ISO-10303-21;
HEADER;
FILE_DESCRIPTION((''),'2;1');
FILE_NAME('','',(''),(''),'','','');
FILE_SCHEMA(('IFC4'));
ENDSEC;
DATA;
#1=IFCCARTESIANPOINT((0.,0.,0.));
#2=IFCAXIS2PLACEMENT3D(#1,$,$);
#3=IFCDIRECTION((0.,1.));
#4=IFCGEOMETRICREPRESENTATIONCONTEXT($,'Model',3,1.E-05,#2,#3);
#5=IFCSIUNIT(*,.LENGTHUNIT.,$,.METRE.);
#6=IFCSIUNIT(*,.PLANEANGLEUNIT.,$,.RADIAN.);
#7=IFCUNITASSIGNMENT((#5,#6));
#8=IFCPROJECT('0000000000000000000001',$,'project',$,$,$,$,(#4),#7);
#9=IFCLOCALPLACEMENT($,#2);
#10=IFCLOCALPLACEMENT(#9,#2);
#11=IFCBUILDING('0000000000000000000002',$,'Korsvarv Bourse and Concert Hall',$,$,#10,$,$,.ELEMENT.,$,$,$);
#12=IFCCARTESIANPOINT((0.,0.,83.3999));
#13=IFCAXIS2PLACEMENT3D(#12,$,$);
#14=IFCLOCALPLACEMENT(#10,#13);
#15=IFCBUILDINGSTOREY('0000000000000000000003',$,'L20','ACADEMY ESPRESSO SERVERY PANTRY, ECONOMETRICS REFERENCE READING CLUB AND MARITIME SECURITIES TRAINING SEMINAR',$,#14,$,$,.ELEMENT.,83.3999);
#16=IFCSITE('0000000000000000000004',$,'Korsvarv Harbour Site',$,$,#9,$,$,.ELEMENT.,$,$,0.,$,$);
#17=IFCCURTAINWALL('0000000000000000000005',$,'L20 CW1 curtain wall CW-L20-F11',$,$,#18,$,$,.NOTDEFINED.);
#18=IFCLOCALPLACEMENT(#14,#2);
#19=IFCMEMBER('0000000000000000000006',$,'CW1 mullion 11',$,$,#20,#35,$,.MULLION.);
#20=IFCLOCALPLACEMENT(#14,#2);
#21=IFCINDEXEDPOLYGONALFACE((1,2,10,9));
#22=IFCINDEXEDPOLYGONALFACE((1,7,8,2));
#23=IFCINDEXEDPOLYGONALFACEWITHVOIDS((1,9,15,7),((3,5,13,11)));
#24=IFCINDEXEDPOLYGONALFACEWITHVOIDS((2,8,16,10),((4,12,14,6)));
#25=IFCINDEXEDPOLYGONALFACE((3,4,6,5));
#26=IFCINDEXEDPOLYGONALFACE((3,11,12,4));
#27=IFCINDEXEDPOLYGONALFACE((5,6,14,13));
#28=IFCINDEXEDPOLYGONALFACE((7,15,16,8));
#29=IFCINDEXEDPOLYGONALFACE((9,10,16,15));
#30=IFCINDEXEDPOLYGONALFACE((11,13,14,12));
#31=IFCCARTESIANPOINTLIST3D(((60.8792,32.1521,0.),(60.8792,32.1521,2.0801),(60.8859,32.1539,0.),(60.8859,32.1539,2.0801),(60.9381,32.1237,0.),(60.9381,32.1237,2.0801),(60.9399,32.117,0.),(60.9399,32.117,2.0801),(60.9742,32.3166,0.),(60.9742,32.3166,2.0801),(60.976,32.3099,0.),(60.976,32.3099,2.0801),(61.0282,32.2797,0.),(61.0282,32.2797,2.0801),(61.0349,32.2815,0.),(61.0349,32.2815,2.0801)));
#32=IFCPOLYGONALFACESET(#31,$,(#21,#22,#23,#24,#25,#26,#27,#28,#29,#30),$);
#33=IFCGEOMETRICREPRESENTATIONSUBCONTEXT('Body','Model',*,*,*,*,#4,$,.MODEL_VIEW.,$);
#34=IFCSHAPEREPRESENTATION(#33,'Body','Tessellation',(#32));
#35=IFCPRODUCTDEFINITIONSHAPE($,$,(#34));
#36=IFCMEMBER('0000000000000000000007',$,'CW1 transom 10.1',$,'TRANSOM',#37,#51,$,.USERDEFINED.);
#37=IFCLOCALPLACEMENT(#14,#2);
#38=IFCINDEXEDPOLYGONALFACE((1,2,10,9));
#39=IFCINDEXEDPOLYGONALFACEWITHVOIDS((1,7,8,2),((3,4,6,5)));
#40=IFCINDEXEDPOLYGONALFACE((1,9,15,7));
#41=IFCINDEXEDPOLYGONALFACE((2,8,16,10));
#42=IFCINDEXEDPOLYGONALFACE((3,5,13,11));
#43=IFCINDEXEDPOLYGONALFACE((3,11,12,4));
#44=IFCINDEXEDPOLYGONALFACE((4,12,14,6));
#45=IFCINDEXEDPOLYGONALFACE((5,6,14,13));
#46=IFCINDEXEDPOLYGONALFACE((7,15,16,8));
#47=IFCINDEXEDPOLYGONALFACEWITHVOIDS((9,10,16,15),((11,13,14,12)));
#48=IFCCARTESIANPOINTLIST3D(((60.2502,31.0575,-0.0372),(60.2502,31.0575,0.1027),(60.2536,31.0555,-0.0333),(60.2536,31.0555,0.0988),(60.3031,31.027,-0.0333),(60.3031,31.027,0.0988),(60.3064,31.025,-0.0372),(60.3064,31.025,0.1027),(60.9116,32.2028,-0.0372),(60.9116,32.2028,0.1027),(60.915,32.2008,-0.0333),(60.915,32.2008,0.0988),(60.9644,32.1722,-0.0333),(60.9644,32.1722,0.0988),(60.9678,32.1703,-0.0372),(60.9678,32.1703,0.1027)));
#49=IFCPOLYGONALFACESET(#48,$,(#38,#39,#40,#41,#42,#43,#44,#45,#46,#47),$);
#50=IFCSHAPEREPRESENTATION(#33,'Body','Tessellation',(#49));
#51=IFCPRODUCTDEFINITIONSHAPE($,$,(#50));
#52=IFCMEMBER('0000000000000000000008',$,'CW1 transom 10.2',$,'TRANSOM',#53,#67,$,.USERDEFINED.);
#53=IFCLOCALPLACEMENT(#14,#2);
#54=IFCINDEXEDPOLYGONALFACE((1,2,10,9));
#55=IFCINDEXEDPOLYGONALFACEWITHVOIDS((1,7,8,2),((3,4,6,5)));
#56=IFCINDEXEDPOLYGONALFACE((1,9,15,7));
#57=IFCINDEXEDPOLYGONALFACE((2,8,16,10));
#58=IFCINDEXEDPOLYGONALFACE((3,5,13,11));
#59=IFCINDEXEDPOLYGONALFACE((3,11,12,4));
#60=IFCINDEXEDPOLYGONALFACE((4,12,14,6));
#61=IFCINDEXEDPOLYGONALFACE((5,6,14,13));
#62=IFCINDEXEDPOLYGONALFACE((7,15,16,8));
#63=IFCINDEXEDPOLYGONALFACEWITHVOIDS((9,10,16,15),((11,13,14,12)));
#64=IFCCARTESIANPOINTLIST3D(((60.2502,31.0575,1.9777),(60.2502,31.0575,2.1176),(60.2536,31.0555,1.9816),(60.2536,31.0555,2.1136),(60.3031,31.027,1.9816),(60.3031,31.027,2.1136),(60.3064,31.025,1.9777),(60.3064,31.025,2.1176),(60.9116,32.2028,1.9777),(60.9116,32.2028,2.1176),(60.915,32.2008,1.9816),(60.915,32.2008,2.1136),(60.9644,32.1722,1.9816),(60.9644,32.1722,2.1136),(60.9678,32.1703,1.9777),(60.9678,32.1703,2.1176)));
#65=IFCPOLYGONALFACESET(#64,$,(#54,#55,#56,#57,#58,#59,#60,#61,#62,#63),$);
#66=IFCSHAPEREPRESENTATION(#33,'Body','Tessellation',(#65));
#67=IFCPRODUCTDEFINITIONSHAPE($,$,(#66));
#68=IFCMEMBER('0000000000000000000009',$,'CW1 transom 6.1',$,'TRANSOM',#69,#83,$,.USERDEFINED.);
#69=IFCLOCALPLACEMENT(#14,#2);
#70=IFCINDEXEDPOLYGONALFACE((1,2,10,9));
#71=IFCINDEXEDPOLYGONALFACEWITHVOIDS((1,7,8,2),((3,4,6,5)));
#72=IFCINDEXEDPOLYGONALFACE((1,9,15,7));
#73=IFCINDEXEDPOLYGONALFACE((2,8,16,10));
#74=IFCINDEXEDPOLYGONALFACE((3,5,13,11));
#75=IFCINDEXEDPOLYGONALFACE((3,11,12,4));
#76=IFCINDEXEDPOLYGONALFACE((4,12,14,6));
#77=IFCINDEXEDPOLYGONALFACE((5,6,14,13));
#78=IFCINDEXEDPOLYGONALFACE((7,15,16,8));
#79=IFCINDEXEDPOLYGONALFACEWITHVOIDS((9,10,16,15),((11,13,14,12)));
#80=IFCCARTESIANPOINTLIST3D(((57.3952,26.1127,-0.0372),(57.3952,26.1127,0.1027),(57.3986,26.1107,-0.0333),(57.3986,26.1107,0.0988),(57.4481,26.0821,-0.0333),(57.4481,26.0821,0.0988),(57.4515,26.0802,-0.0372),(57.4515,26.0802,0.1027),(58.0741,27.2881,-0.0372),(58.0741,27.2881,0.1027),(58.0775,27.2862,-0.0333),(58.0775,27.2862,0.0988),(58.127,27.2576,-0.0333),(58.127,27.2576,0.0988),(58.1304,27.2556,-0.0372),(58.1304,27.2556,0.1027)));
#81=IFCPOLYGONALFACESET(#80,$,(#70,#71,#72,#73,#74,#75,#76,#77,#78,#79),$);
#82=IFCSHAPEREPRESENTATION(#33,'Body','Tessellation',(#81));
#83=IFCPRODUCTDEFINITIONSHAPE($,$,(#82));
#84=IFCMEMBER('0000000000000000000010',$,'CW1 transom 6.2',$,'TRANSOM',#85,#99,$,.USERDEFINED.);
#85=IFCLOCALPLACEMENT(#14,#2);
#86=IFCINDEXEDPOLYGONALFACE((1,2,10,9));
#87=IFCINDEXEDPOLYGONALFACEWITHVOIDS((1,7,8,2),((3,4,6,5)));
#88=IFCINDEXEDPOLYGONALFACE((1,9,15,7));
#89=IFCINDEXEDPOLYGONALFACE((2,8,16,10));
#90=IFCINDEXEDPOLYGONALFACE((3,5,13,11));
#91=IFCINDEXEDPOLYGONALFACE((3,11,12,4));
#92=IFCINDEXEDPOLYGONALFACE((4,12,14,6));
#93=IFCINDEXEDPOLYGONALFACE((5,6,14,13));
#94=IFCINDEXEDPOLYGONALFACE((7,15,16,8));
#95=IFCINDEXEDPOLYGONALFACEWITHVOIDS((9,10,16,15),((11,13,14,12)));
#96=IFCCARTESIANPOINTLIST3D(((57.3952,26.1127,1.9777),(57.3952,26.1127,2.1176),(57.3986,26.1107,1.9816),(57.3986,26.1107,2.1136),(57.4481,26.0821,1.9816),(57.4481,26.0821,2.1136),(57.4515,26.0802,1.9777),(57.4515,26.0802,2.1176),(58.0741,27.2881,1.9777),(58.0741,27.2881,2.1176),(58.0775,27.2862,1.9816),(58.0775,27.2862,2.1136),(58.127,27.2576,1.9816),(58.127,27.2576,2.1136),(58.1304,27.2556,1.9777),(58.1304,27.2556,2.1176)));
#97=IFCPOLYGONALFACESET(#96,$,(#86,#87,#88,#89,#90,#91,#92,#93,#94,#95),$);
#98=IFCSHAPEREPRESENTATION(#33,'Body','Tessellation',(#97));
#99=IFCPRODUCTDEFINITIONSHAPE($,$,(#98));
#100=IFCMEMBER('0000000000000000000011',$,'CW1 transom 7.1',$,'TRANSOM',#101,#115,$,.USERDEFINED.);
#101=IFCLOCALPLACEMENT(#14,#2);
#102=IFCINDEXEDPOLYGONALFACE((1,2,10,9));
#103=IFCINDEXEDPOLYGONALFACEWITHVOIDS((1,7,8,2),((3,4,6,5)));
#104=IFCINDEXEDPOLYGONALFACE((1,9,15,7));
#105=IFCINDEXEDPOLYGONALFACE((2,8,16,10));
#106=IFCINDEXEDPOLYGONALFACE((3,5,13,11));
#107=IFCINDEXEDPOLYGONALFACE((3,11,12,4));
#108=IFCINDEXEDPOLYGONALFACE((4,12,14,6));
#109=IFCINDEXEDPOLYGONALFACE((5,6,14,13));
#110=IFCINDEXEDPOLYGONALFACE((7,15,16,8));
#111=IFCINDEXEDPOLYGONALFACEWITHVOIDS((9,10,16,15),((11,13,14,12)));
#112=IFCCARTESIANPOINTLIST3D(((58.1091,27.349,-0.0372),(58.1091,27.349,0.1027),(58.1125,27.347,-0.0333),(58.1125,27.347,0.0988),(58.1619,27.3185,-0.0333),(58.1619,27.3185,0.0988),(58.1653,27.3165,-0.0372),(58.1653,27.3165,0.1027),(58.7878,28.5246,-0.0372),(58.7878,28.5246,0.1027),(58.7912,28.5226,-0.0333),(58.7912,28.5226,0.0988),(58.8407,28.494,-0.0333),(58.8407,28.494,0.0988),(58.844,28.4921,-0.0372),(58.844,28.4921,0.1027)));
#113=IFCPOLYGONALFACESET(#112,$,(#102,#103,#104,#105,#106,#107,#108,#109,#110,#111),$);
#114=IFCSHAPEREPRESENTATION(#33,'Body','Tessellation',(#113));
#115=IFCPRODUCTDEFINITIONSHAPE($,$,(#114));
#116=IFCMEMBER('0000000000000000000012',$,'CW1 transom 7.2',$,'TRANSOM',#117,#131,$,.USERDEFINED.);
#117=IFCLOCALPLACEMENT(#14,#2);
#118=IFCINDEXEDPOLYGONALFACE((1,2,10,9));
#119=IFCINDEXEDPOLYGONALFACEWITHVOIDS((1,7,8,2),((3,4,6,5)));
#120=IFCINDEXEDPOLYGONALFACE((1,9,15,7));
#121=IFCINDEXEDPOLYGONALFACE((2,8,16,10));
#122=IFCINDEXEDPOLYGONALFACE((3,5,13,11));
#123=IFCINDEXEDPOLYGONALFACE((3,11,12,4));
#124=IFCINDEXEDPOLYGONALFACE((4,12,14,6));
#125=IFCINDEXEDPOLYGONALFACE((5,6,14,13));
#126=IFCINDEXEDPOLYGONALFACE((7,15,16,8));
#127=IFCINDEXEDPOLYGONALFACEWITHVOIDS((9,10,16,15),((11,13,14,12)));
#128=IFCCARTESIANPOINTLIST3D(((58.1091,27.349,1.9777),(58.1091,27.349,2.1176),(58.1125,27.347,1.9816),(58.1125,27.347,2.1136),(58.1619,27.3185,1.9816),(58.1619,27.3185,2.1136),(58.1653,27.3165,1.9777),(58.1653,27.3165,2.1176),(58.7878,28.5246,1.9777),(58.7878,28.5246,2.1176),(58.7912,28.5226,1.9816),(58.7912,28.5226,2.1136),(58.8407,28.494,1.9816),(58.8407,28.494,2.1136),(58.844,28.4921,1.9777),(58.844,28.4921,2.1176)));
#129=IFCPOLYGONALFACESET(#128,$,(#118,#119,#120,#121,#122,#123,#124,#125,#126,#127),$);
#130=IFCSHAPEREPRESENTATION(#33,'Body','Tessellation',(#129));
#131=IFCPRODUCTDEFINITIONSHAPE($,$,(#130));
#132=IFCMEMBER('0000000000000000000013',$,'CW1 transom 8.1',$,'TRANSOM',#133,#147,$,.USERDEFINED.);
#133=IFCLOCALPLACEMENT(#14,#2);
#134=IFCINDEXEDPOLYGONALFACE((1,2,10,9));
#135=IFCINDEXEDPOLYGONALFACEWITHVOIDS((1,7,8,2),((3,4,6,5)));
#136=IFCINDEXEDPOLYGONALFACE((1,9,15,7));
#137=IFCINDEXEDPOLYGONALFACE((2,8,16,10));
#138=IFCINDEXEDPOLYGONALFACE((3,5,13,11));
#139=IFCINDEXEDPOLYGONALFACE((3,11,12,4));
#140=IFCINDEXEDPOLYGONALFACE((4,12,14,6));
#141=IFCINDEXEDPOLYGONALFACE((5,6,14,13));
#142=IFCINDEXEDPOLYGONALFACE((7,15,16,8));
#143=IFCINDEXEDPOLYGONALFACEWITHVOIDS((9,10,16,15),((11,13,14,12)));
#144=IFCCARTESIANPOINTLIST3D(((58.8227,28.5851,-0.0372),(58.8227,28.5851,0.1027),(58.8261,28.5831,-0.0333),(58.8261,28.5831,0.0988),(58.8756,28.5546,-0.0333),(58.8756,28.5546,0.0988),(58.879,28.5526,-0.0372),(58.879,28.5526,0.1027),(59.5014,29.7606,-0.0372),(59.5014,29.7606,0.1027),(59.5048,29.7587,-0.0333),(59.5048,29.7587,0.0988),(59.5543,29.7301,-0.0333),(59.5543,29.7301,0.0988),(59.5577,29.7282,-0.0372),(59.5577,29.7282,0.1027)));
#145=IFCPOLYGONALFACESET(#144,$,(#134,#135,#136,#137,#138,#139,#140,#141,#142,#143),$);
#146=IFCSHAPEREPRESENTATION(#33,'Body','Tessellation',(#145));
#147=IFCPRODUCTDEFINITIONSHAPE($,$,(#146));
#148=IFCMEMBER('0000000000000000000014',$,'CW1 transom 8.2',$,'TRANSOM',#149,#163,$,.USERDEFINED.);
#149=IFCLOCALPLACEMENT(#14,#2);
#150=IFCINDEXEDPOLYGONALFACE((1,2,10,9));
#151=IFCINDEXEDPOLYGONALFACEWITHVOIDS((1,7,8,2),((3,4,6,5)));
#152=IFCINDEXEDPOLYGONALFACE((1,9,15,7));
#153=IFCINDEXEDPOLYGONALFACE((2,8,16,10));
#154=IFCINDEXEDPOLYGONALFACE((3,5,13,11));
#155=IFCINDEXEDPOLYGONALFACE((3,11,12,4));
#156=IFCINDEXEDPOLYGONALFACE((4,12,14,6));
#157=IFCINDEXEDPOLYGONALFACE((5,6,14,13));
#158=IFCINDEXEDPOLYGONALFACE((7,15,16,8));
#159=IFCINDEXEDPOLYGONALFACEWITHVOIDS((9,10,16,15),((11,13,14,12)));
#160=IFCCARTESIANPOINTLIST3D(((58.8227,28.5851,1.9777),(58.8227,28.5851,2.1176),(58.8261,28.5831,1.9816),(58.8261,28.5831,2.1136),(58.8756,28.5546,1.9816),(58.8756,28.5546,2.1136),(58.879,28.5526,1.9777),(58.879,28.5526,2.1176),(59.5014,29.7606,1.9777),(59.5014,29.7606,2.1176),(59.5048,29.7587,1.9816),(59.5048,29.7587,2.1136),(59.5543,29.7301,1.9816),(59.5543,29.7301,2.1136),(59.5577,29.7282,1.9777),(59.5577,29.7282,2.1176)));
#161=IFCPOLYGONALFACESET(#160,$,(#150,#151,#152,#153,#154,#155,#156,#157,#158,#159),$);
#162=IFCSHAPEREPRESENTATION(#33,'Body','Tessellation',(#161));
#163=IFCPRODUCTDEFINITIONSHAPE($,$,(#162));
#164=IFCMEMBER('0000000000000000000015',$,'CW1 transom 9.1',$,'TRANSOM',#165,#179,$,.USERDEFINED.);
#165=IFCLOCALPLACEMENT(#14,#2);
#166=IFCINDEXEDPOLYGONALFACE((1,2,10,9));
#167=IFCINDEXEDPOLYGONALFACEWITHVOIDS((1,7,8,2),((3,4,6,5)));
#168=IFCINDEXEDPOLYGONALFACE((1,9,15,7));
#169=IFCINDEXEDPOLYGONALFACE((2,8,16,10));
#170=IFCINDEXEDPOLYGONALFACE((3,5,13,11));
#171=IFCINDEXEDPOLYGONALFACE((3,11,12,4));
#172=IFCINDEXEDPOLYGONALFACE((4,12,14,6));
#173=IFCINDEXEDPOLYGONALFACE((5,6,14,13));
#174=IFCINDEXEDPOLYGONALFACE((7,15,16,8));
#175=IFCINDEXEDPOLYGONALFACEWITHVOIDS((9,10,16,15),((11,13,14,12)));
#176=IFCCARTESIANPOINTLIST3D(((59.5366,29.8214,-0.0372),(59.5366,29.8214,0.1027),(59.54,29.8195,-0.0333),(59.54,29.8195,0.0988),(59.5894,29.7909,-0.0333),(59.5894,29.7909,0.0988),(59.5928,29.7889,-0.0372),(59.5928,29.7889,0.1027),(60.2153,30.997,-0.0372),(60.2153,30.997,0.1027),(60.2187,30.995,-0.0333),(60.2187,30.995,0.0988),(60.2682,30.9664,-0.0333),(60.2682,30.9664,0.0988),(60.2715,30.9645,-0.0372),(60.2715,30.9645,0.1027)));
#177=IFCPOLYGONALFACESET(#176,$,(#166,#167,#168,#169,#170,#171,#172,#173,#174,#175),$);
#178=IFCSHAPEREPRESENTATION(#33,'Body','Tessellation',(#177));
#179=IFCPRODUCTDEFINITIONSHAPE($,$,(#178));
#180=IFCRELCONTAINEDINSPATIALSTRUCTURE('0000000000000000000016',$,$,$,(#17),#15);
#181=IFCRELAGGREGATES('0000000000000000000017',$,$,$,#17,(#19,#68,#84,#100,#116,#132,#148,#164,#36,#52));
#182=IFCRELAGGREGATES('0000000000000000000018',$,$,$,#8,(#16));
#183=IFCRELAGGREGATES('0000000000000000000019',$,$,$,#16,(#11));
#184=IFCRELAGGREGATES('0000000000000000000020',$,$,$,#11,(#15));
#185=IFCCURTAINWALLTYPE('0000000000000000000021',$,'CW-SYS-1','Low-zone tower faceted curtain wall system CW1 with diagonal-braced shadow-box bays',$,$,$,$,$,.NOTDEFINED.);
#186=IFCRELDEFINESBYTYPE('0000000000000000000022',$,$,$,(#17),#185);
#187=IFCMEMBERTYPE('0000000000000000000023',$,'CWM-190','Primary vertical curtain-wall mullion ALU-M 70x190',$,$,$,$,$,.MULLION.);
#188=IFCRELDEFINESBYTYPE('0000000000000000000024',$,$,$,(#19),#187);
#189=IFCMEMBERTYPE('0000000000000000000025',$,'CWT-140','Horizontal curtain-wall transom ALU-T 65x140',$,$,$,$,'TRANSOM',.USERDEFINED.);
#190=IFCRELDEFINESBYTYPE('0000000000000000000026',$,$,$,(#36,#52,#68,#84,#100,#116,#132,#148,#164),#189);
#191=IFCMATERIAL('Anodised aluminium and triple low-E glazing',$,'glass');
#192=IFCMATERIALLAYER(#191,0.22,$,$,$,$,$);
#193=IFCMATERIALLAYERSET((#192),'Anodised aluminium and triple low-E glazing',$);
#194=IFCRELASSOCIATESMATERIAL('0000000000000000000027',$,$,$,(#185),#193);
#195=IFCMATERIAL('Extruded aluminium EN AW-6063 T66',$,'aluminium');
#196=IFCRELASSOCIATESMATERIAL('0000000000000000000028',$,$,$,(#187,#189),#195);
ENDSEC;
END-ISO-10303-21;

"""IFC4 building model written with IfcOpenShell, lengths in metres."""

from ifc_helpers import new_model, si_unit, direction, frame, origin, origin_2d, place, context, subcontext, project, spatial, hollow_rectangle, extrude, source, transform, mapped, material, layer, layer_set, material_profile, profile_set, type_object, element, aggregate, save


model = new_model("IFC4")

# Units and contexts
model_context = context("Model", 3, precision=1e-05, world=origin(), true_north=direction((0.0, 1.0)))
body_context = subcontext(model_context, "Body", "Model", "MODEL_VIEW")
ifc_project = project(units=[si_unit("LENGTHUNIT", "METRE"), si_unit("PLANEANGLEUNIT", "RADIAN")], contexts=[model_context])

# Site, building, storey
site_placement = place(None, origin())
site = spatial("IfcSite", under=ifc_project, at=site_placement, Name="Korsvarv Harbour Site", CompositionType="ELEMENT", RefElevation=0.0)
building_placement = place(site_placement, origin())
building = spatial("IfcBuilding", under=site, at=building_placement, Name="Korsvarv Bourse and Concert Hall", CompositionType="ELEMENT")
storey_placement = place(building_placement, frame((0.0, 0.0, 83.3999)))
storey = spatial("IfcBuildingStorey", under=building, at=storey_placement, Name="L20", Description="ACADEMY ESPRESSO SERVERY PANTRY, ECONOMETRICS REFERENCE READING CLUB AND MARITIME SECURITIES TRAINING SEMINAR", CompositionType="ELEMENT", Elevation=83.3999)

# Curtain wall, members
ifc_material_1 = material(Name="Anodised aluminium and triple low-E glazing", Category="glass")
ifc_layer_1 = layer(ifc_material_1, 0.22)
ifc_layer_set_1 = layer_set([ifc_layer_1], Name="Anodised aluminium and triple low-E glazing")
curtain_wall_type = type_object("IfcCurtainWallType", Name="CW-SYS-1", Description="Low-zone tower faceted curtain wall system CW1 with diagonal-braced shadow-box bays", PredefinedType="NOTDEFINED", material=ifc_layer_set_1)
curtain_wall_placement = place(storey_placement, origin())
curtain_wall = element("IfcCurtainWall", 1, at=curtain_wall_placement, inside=storey, type_object=curtain_wall_type, Name="L20 CW1 curtain wall CW-L20-F11", PredefinedType="NOTDEFINED")
ifc_material_2 = material(Name="Extruded aluminium EN AW-6063 T66", Category="aluminium")
ifc_material_profile_1 = material_profile(ifc_material_2, hollow_rectangle(XDim=0.0701, YDim=0.1899, WallThickness=0.0049, at=origin_2d()), Name="ALU-M 70x190")
ifc_profile_set_1 = profile_set([ifc_material_profile_1], Name="Extruded aluminium EN AW-6063 T66")
member_type_1 = type_object("IfcMemberType", Name="CWM-190", Description="Primary vertical curtain-wall mullion ALU-M 70x190", PredefinedType="MULLION", material=ifc_profile_set_1)
shared_shape_1 = source(origin(), body_context, "Body", "SweptSolid", [
    extrude(hollow_rectangle(XDim=0.0701, YDim=0.1899, WallThickness=0.0049, at=origin_2d()), origin(), (0.0, 0.0, 1.0), 2.0801),
])
member_1_placement = place(storey_placement, frame((60.957, 32.2168, 0.0), z_axis=(0.0, 0.0, 1.0), x_axis=(-0.866024, 0.500002, 0.0)))
member_1 = element("IfcMember", 2, at=member_1_placement, type_object=member_type_1, Name="CW1 mullion 11", PredefinedType="MULLION", context=body_context, shape_type="MappedRepresentation", body=[
    mapped(shared_shape_1, transform((0.0, 0.0, 0.0), scale=1.0)),
])
ifc_material_profile_2 = material_profile(ifc_material_2, hollow_rectangle(XDim=0.0649, YDim=0.1399, WallThickness=0.0039, at=origin_2d()), Name="ALU-T 65x140")
ifc_profile_set_2 = profile_set([ifc_material_profile_2], Name="Extruded aluminium EN AW-6063 T66")
member_type_2 = type_object("IfcMemberType", Name="CWT-140", Description="Horizontal curtain-wall transom ALU-T 65x140", ElementType="TRANSOM", PredefinedType="USERDEFINED", material=ifc_profile_set_2)
shared_shape_2 = source(origin(), body_context, "Body", "SweptSolid", [
    extrude(hollow_rectangle(XDim=0.0649, YDim=0.1399, WallThickness=0.0039, at=origin_2d()), origin(), (0.0, 0.0, 1.0), 1.3225),
])
member_2_placement = place(storey_placement, frame((60.2783, 31.0413, 0.0327), z_axis=(0.50009, 0.865973, 0.0), x_axis=(-0.865973, 0.50009, 0.0)))
member_2 = element("IfcMember", 3, at=member_2_placement, type_object=member_type_2, Name="CW1 transom 10.1", ObjectType="TRANSOM", PredefinedType="USERDEFINED", context=body_context, shape_type="MappedRepresentation", body=[
    mapped(shared_shape_2, transform((0.0, 0.0, 0.0), scale=1.0)),
])
member_3_placement = place(storey_placement, frame((60.2783, 31.0413, 2.0476), z_axis=(0.50009, 0.865973, 0.0), x_axis=(-0.865973, 0.50009, 0.0)))
member_3 = element("IfcMember", 4, at=member_3_placement, type_object=member_type_2, Name="CW1 transom 10.2", ObjectType="TRANSOM", PredefinedType="USERDEFINED", context=body_context, shape_type="MappedRepresentation", body=[
    mapped(shared_shape_2, transform((0.0, 0.0, 0.0), scale=1.0)),
])
shared_shape_3 = source(origin(), body_context, "Body", "SweptSolid", [
    extrude(hollow_rectangle(XDim=0.0649, YDim=0.1399, WallThickness=0.0039, at=origin_2d()), origin(), (0.0, 0.0, 1.0), 1.3574),
])
member_4_placement = place(storey_placement, frame((57.4233, 26.0964, 0.0327), z_axis=(0.500143, 0.865943, 0.0), x_axis=(-0.865943, 0.500143, 0.0)))
member_4 = element("IfcMember", 5, at=member_4_placement, type_object=member_type_2, Name="CW1 transom 6.1", ObjectType="TRANSOM", PredefinedType="USERDEFINED", context=body_context, shape_type="MappedRepresentation", body=[
    mapped(shared_shape_3, transform((0.0, 0.0, 0.0), scale=1.0)),
])
member_5_placement = place(storey_placement, frame((57.4233, 26.0964, 2.0476), z_axis=(0.500143, 0.865943, 0.0), x_axis=(-0.865943, 0.500143, 0.0)))
member_5 = element("IfcMember", 6, at=member_5_placement, type_object=member_type_2, Name="CW1 transom 6.2", ObjectType="TRANSOM", PredefinedType="USERDEFINED", context=body_context, shape_type="MappedRepresentation", body=[
    mapped(shared_shape_3, transform((0.0, 0.0, 0.0), scale=1.0)),
])
member_6_placement = place(storey_placement, frame((58.1372, 27.3328, 0.0327), z_axis=(0.500008, 0.866021, 0.0), x_axis=(-0.866021, 0.500008, 0.0)))
member_6 = element("IfcMember", 7, at=member_6_placement, type_object=member_type_2, Name="CW1 transom 7.1", ObjectType="TRANSOM", PredefinedType="USERDEFINED", context=body_context, shape_type="MappedRepresentation", body=[
    mapped(shared_shape_3, transform((0.0, 0.0, 0.0), scale=1.0)),
])
member_7_placement = place(storey_placement, frame((58.1372, 27.3328, 2.0476), z_axis=(0.500008, 0.866021, 0.0), x_axis=(-0.866021, 0.500008, 0.0)))
member_7 = element("IfcMember", 8, at=member_7_placement, type_object=member_type_2, Name="CW1 transom 7.2", ObjectType="TRANSOM", PredefinedType="USERDEFINED", context=body_context, shape_type="MappedRepresentation", body=[
    mapped(shared_shape_3, transform((0.0, 0.0, 0.0), scale=1.0)),
])
member_8_placement = place(storey_placement, frame((58.8508, 28.5688, 0.0327), z_axis=(0.500008, 0.866021, 0.0), x_axis=(-0.866021, 0.500008, 0.0)))
member_8 = element("IfcMember", 9, at=member_8_placement, type_object=member_type_2, Name="CW1 transom 8.1", ObjectType="TRANSOM", PredefinedType="USERDEFINED", context=body_context, shape_type="MappedRepresentation", body=[
    mapped(shared_shape_3, transform((0.0, 0.0, 0.0), scale=1.0)),
])
member_9_placement = place(storey_placement, frame((58.8508, 28.5688, 2.0476), z_axis=(0.500008, 0.866021, 0.0), x_axis=(-0.866021, 0.500008, 0.0)))
member_9 = element("IfcMember", 10, at=member_9_placement, type_object=member_type_2, Name="CW1 transom 8.2", ObjectType="TRANSOM", PredefinedType="USERDEFINED", context=body_context, shape_type="MappedRepresentation", body=[
    mapped(shared_shape_3, transform((0.0, 0.0, 0.0), scale=1.0)),
])
member_10_placement = place(storey_placement, frame((59.5647, 29.8052, 0.0327), z_axis=(0.500008, 0.866021, 0.0), x_axis=(-0.866021, 0.500008, 0.0)))
member_10 = element("IfcMember", 11, at=member_10_placement, type_object=member_type_2, Name="CW1 transom 9.1", ObjectType="TRANSOM", PredefinedType="USERDEFINED", context=body_context, shape_type="MappedRepresentation", body=[
    mapped(shared_shape_3, transform((0.0, 0.0, 0.0), scale=1.0)),
])
aggregate(curtain_wall, [member_1, member_4, member_5, member_6, member_7, member_8, member_9, member_10, member_2, member_3])

save(model, "model.ifc")
